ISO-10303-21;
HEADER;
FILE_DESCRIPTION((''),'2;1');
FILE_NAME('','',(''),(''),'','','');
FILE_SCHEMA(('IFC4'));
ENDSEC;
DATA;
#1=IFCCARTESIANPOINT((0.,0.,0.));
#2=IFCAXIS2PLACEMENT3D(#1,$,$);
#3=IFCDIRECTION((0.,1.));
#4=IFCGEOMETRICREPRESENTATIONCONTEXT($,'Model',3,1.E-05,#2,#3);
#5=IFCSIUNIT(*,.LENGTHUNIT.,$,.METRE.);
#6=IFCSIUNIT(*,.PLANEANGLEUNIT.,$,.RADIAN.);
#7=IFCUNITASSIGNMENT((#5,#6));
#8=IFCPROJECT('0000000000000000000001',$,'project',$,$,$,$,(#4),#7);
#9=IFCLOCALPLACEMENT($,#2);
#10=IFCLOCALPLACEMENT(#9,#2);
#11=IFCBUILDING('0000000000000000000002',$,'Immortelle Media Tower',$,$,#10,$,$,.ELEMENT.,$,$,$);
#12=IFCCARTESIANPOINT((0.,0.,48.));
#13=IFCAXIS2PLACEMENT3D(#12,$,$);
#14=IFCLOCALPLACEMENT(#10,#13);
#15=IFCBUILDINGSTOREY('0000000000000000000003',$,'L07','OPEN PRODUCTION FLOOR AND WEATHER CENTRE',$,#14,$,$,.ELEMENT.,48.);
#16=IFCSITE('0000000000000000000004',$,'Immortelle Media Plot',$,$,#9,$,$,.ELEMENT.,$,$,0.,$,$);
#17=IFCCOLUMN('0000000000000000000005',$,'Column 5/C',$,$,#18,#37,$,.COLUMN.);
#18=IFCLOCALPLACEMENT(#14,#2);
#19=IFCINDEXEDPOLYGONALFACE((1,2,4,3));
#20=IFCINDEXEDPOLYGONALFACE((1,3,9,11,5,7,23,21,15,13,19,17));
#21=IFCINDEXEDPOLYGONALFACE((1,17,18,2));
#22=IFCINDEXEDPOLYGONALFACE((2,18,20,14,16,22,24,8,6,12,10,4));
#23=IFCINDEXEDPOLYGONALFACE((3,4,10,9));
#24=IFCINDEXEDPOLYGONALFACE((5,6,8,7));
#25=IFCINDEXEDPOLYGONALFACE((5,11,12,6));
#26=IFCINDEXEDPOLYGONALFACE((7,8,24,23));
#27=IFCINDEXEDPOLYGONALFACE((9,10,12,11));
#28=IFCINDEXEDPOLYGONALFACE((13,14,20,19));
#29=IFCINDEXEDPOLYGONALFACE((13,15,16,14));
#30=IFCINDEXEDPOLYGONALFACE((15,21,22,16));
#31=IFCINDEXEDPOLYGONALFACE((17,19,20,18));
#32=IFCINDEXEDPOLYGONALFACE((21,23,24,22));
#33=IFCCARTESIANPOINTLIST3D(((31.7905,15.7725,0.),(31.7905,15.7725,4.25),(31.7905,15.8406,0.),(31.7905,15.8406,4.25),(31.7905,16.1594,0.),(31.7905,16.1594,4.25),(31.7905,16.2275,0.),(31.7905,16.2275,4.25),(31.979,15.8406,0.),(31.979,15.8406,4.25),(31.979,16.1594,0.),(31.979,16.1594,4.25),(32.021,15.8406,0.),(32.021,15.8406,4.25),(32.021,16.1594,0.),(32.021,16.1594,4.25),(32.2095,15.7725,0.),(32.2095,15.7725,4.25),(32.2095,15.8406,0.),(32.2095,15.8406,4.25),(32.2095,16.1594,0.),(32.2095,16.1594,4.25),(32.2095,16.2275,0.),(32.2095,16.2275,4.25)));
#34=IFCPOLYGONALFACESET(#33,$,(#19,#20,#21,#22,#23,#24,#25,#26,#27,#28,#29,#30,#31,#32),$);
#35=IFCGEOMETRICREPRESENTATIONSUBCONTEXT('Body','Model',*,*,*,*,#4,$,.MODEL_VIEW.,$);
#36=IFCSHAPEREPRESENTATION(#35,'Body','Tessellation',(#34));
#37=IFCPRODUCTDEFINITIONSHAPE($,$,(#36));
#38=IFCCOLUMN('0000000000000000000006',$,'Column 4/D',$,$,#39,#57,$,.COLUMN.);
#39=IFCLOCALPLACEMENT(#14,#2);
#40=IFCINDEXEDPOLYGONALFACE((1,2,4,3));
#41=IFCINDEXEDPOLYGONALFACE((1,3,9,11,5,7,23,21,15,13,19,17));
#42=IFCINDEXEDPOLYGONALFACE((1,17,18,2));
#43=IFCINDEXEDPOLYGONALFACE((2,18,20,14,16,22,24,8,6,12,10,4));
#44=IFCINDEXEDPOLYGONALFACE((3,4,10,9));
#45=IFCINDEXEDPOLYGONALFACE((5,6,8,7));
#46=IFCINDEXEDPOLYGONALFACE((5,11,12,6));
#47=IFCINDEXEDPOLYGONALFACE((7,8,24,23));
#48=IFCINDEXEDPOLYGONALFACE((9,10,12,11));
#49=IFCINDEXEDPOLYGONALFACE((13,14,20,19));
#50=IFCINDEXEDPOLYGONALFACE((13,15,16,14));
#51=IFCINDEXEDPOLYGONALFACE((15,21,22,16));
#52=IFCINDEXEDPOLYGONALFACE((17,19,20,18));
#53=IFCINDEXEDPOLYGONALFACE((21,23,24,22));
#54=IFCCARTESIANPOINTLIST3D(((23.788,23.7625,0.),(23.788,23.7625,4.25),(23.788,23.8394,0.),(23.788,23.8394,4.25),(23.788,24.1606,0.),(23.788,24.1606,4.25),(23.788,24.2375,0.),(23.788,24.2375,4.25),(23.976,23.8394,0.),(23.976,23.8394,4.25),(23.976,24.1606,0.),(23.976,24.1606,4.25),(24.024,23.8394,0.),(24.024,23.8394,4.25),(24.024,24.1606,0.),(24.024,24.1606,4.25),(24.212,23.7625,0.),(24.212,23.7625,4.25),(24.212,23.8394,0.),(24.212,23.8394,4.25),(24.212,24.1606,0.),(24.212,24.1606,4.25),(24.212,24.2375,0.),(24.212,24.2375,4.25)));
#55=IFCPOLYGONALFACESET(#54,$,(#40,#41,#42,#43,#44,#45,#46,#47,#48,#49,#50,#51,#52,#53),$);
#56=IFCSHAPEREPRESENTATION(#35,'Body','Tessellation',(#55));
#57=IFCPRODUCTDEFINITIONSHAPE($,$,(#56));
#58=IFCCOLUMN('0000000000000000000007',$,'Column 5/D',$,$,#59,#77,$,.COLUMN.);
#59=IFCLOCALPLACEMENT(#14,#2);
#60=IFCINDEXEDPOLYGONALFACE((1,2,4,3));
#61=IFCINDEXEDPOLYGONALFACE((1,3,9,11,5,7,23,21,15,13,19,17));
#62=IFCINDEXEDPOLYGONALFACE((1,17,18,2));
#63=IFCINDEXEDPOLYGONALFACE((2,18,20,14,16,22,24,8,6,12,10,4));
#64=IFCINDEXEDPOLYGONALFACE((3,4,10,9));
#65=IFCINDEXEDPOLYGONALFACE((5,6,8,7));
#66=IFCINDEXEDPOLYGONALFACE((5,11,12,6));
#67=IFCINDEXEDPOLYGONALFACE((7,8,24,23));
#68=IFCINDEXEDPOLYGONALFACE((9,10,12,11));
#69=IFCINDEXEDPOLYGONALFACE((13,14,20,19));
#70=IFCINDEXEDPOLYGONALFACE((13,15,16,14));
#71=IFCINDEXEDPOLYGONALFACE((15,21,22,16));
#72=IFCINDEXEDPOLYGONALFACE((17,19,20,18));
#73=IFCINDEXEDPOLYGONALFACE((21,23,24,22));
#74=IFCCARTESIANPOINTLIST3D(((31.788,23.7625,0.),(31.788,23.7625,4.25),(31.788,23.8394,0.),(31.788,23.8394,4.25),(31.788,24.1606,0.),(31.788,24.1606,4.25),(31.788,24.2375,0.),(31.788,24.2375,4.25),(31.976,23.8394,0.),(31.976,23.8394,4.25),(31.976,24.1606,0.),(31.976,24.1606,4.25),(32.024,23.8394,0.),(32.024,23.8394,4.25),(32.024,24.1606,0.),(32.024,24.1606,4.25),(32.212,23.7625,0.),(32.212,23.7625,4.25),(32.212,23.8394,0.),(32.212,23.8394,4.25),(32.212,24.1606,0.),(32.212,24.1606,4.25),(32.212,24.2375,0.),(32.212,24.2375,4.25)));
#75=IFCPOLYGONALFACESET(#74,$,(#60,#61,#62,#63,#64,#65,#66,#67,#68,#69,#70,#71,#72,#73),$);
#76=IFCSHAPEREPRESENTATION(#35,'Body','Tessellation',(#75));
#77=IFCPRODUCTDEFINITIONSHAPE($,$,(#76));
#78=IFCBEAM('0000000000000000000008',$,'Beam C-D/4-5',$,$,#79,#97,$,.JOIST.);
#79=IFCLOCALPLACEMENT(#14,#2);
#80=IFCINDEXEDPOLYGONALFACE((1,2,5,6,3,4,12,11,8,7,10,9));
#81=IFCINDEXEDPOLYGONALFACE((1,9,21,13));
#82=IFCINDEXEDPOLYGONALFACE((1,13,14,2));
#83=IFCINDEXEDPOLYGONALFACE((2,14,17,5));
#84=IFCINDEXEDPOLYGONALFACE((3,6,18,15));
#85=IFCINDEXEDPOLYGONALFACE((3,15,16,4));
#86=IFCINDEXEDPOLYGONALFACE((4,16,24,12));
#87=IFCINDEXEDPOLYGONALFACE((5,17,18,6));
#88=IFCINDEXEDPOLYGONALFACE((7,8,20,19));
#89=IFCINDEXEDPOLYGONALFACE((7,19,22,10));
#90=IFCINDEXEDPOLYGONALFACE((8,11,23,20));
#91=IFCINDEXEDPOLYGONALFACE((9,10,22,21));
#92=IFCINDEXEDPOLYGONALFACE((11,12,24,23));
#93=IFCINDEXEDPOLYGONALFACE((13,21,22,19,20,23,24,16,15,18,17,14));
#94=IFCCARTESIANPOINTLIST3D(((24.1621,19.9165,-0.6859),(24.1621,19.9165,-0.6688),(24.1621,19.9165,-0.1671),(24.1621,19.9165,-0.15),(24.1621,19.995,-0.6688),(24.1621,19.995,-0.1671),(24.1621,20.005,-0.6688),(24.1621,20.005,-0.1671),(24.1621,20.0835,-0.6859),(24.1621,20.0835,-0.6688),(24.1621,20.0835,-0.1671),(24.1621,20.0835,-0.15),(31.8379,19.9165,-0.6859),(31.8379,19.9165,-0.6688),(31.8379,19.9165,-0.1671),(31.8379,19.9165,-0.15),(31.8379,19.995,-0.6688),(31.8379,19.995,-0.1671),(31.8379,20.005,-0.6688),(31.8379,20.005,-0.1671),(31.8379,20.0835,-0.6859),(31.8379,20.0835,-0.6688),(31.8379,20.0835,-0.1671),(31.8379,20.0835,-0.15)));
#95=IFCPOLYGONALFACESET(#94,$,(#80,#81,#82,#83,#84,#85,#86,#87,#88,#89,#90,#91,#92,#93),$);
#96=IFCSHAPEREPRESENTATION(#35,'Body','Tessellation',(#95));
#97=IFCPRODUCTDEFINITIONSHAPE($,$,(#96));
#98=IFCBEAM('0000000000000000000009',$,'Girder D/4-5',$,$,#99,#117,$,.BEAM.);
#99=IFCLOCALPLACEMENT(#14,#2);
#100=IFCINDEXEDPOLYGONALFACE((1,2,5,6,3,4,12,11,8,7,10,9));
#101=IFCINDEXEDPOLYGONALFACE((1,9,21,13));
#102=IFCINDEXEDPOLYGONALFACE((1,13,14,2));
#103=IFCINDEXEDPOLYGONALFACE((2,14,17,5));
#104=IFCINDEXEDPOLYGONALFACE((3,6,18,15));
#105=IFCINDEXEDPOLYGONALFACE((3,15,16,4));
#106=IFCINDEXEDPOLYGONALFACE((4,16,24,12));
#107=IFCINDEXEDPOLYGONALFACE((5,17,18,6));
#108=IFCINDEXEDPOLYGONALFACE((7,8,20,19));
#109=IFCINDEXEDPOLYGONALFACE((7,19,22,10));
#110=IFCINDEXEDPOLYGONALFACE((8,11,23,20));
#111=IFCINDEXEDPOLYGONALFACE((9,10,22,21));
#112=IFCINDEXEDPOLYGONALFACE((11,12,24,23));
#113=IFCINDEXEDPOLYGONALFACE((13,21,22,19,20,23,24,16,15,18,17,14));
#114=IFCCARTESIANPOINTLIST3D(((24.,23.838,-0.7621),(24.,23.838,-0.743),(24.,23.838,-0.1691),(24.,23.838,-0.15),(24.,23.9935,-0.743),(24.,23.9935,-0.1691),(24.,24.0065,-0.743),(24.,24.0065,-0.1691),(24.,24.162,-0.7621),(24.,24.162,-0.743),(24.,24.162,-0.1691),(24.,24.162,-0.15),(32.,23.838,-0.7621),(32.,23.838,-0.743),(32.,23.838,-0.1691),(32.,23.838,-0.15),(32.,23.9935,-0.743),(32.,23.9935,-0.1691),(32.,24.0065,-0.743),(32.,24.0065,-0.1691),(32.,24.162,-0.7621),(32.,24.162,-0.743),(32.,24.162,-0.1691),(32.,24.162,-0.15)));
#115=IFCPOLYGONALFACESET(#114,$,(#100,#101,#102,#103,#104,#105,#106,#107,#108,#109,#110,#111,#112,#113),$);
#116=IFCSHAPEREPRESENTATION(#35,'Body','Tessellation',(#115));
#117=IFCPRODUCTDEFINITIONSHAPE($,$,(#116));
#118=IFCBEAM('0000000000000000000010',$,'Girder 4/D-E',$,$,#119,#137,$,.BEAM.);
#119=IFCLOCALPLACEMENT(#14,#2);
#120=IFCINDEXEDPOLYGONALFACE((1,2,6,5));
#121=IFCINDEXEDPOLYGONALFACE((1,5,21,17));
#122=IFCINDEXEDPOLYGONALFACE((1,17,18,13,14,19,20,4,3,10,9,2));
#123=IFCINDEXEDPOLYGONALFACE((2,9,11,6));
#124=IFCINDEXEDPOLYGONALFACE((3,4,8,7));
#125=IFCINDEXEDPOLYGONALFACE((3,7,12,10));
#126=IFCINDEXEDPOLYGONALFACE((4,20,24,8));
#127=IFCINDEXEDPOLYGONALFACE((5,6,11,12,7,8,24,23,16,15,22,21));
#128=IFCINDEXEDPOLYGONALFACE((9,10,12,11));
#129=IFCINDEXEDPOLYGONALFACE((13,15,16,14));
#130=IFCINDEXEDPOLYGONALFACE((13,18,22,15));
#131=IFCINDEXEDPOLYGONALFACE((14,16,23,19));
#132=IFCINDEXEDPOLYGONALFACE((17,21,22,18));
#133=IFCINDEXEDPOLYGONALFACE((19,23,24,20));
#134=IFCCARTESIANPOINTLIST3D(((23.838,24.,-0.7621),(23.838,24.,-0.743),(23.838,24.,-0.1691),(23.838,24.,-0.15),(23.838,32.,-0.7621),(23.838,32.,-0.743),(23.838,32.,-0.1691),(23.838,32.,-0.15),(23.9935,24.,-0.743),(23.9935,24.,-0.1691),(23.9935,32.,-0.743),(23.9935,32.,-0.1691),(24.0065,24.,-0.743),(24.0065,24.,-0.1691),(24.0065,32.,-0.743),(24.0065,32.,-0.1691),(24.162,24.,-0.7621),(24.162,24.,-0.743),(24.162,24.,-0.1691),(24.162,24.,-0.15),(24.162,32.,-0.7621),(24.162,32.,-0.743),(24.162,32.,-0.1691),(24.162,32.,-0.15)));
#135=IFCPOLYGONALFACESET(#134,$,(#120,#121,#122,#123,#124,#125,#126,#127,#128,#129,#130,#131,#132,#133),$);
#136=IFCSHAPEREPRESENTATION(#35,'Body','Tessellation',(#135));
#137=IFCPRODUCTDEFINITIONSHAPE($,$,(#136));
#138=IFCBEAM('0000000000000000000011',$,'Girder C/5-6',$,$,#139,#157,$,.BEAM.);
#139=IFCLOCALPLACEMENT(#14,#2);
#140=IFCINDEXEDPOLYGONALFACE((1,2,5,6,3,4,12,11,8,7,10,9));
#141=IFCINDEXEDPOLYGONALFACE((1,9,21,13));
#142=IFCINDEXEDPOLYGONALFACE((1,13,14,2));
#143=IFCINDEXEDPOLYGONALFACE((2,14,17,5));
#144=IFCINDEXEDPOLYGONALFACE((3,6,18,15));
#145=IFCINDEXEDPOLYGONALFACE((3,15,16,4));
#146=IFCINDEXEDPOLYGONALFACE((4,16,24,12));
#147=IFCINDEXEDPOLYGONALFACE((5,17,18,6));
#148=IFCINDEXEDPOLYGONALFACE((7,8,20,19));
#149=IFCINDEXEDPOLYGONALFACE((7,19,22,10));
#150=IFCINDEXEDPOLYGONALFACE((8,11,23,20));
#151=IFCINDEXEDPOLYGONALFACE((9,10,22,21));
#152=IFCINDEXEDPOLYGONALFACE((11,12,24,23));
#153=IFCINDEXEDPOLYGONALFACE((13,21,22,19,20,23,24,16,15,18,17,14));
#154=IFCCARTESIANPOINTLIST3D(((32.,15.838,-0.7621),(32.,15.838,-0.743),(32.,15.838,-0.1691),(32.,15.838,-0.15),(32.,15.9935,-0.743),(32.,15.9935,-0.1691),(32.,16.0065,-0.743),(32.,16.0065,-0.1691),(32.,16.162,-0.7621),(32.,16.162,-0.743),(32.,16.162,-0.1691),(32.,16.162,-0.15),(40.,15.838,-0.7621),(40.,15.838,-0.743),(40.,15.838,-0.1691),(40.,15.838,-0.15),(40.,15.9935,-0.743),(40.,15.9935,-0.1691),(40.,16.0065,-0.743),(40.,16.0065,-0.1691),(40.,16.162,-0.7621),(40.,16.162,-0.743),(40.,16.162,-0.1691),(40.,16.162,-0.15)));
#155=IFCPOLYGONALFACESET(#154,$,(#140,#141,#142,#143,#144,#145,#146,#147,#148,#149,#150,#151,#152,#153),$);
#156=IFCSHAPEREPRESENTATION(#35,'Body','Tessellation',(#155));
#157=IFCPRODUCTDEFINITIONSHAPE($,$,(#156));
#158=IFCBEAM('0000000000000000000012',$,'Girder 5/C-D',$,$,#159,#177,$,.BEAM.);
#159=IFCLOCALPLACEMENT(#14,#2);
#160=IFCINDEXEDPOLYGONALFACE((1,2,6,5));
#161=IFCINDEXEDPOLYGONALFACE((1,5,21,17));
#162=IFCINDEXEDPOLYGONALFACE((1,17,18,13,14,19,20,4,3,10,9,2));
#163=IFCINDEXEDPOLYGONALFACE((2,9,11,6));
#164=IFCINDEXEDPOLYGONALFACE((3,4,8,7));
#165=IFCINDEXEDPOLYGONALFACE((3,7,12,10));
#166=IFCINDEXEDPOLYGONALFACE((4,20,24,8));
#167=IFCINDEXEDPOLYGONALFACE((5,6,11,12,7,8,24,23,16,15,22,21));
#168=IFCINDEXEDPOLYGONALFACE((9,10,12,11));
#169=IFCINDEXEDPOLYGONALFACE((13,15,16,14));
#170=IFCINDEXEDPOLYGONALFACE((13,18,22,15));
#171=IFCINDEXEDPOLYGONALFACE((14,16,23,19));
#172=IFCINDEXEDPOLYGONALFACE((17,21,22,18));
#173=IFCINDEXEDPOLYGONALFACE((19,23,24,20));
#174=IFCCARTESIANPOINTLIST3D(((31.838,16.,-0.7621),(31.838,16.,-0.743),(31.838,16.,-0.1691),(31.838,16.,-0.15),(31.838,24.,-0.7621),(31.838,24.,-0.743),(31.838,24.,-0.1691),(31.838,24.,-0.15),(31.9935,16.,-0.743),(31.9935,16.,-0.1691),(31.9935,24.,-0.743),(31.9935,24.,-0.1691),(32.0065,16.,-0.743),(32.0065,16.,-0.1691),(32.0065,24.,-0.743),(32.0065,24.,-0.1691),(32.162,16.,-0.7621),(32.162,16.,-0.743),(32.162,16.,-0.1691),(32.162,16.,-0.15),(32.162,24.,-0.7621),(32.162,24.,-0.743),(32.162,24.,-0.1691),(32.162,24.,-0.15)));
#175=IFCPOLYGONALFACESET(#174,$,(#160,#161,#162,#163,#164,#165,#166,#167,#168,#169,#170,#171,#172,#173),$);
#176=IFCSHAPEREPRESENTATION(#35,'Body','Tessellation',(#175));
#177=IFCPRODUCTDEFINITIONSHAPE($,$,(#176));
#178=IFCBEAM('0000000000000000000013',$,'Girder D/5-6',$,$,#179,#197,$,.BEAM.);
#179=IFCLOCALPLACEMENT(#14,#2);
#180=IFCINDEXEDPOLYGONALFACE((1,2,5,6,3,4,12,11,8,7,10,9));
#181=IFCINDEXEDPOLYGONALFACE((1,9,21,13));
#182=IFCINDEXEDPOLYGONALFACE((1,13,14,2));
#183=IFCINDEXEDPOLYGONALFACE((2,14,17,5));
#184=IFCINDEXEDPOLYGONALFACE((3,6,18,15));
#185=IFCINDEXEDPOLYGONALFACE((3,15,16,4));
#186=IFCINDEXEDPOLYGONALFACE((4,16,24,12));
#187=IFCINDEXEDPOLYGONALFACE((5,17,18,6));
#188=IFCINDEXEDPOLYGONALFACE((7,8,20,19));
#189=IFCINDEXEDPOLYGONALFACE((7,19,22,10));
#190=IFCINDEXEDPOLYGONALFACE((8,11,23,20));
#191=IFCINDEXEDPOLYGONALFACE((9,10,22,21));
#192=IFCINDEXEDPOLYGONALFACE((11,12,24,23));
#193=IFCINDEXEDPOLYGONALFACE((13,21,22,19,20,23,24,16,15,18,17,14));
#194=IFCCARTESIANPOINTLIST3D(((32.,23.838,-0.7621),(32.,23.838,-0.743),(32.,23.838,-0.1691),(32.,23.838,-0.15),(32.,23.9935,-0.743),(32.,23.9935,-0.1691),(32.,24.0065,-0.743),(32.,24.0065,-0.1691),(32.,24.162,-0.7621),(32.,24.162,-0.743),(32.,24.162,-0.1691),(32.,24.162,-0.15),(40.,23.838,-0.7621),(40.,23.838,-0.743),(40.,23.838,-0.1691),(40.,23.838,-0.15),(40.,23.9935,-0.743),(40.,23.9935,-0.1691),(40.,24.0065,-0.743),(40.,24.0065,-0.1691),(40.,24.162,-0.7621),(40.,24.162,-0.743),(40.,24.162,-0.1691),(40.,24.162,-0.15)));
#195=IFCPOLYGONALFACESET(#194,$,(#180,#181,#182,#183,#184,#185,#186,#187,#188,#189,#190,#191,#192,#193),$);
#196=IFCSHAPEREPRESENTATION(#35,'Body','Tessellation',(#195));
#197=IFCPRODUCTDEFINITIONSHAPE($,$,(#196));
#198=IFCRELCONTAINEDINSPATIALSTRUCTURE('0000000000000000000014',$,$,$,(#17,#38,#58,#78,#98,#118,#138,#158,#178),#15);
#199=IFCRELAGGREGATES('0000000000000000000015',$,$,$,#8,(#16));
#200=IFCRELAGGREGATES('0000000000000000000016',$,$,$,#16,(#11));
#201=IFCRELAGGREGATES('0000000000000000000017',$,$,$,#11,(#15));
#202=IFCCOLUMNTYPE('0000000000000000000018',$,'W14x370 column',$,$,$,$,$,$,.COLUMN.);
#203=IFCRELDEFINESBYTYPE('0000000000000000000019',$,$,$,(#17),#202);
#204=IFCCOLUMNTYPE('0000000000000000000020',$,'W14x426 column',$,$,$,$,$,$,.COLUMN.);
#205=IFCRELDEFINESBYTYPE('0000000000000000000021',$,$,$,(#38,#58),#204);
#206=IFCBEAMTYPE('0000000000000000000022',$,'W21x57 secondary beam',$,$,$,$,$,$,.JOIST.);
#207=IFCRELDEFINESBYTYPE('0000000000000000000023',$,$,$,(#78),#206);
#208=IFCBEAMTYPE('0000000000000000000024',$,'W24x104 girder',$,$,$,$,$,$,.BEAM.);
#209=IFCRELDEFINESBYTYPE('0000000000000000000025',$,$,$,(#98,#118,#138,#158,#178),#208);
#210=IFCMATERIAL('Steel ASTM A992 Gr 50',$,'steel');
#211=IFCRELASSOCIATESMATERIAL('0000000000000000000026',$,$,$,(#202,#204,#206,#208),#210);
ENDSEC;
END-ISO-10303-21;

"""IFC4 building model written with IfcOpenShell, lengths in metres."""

from ifc_helpers import new_model, si_unit, direction, frame, origin, origin_2d, place, context, subcontext, project, spatial, i_section, extrude, material, material_profile, profile_set, type_object, element, save


model = new_model("IFC4")

# Units and contexts
model_context = context("Model", 3, precision=1e-05, world=origin(), true_north=direction((0.0, 1.0)))
body_context = subcontext(model_context, "Body", "Model", "MODEL_VIEW")
ifc_project = project(units=[si_unit("LENGTHUNIT", "METRE"), si_unit("PLANEANGLEUNIT", "RADIAN")], contexts=[model_context])

# Site, building, storey
site_placement = place(None, origin())
site = spatial("IfcSite", under=ifc_project, at=site_placement, Name="Immortelle Media Plot", CompositionType="ELEMENT", RefElevation=0.0)
building_placement = place(site_placement, origin())
building = spatial("IfcBuilding", under=site, at=building_placement, Name="Immortelle Media Tower", CompositionType="ELEMENT")
storey_placement = place(building_placement, frame((0.0, 0.0, 48.0)))
storey = spatial("IfcBuildingStorey", under=building, at=storey_placement, Name="L07", Description="OPEN PRODUCTION FLOOR AND WEATHER CENTRE", CompositionType="ELEMENT", Elevation=48.0)

# Columns
ifc_material_1 = material(Name="Steel ASTM A992 Gr 50", Category="steel")
ifc_material_profile_1 = material_profile(ifc_material_1, i_section(OverallWidth=0.4189, OverallDepth=0.4551, WebThickness=0.042, FlangeThickness=0.0681, at=origin_2d()), Name="W14x370")
ifc_profile_set_1 = profile_set([ifc_material_profile_1], Name="Steel ASTM A992 Gr 50")
column_type_1 = type_object("IfcColumnType", Name="W14x370 column", PredefinedType="COLUMN", material=ifc_profile_set_1)
column_placement = place(storey_placement, frame((32.0, 16.0, 0.0), z_axis=(0.0, 0.0, 1.0), x_axis=(1.0, 0.0, 0.0)))
element("IfcColumn", 1, at=column_placement, inside=storey, type_object=column_type_1, Name="Column 5/C", PredefinedType="COLUMN", context=body_context, shape_type="SweptSolid", body=[
    extrude(i_section(OverallWidth=0.4189, OverallDepth=0.4551, WebThickness=0.042, FlangeThickness=0.0681, at=origin_2d()), origin(), (0.0, 0.0, 1.0), 4.25),
])
ifc_material_profile_2 = material_profile(ifc_material_1, i_section(OverallWidth=0.4241, OverallDepth=0.4751, WebThickness=0.0481, FlangeThickness=0.0769, at=origin_2d()), Name="W14x426")
ifc_profile_set_2 = profile_set([ifc_material_profile_2], Name="Steel ASTM A992 Gr 50")
column_type_2 = type_object("IfcColumnType", Name="W14x426 column", PredefinedType="COLUMN", material=ifc_profile_set_2)
for number, where, z_axis, x_axis, name in (
    (2, (24.0, 24.0, 0.0), (0.0, 0.0, 1.0), (1.0, 0.0, 0.0), "Column 4/D"),
    (3, (32.0, 24.0, 0.0), (0.0, 0.0, 1.0), (1.0, 0.0, 0.0), "Column 5/D"),
):
    element("IfcColumn", number, at=place(storey_placement, frame(where, z_axis=z_axis, x_axis=x_axis)), inside=storey, type_object=column_type_2, Name=name, PredefinedType="COLUMN", context=body_context, shape_type="SweptSolid", body=[
        extrude(i_section(OverallWidth=0.4241, OverallDepth=0.4751, WebThickness=0.0481, FlangeThickness=0.0769, at=origin_2d()), origin(), (0.0, 0.0, 1.0), 4.25),
    ])

# Beams
ifc_material_profile_3 = material_profile(ifc_material_1, i_section(OverallWidth=0.167, OverallDepth=0.5359, WebThickness=0.01, FlangeThickness=0.0171, at=origin_2d()), Name="W21x57")
ifc_profile_set_3 = profile_set([ifc_material_profile_3], Name="Steel ASTM A992 Gr 50")
beam_type_1 = type_object("IfcBeamType", Name="W21x57 secondary beam", PredefinedType="JOIST", material=ifc_profile_set_3)
beam_placement = place(storey_placement, frame((24.1621, 20.0, -0.418), z_axis=(1.0, 0.0, 0.0), x_axis=(0.0, 1.0, 0.0)))
element("IfcBeam", 4, at=beam_placement, inside=storey, type_object=beam_type_1, Name="Beam C-D/4-5", PredefinedType="JOIST", context=body_context, shape_type="SweptSolid", body=[
    extrude(i_section(OverallWidth=0.167, OverallDepth=0.5359, WebThickness=0.01, FlangeThickness=0.0171, at=origin_2d()), origin(), (0.0, 0.0, 1.0), 7.6758),
])
ifc_material_profile_4 = material_profile(ifc_material_1, i_section(OverallWidth=0.324, OverallDepth=0.6121, WebThickness=0.0129, FlangeThickness=0.019, at=origin_2d()), Name="W24x104")
ifc_profile_set_4 = profile_set([ifc_material_profile_4], Name="Steel ASTM A992 Gr 50")
beam_type_2 = type_object("IfcBeamType", Name="W24x104 girder", PredefinedType="BEAM", material=ifc_profile_set_4)
for number, where, z_axis, x_axis, name in (
    (5, (24.0, 24.0, -0.4561), (1.0, 0.0, 0.0), (0.0, 1.0, 0.0), "Girder D/4-5"),
    (6, (24.0, 24.0, -0.4561), (0.0, 1.0, 0.0), (-1.0, 0.0, 0.0), "Girder 4/D-E"),
    (7, (32.0, 16.0, -0.4561), (1.0, 0.0, 0.0), (0.0, 1.0, 0.0), "Girder C/5-6"),
    (8, (32.0, 16.0, -0.4561), (0.0, 1.0, 0.0), (-1.0, 0.0, 0.0), "Girder 5/C-D"),
    (9, (32.0, 24.0, -0.4561), (1.0, 0.0, 0.0), (0.0, 1.0, 0.0), "Girder D/5-6"),
):
    element("IfcBeam", number, at=place(storey_placement, frame(where, z_axis=z_axis, x_axis=x_axis)), inside=storey, type_object=beam_type_2, Name=name, PredefinedType="BEAM", context=body_context, shape_type="SweptSolid", body=[
        extrude(i_section(OverallWidth=0.324, OverallDepth=0.6121, WebThickness=0.0129, FlangeThickness=0.019, at=origin_2d()), origin(), (0.0, 0.0, 1.0), 8.0),
    ])

save(model, "model.ifc")
